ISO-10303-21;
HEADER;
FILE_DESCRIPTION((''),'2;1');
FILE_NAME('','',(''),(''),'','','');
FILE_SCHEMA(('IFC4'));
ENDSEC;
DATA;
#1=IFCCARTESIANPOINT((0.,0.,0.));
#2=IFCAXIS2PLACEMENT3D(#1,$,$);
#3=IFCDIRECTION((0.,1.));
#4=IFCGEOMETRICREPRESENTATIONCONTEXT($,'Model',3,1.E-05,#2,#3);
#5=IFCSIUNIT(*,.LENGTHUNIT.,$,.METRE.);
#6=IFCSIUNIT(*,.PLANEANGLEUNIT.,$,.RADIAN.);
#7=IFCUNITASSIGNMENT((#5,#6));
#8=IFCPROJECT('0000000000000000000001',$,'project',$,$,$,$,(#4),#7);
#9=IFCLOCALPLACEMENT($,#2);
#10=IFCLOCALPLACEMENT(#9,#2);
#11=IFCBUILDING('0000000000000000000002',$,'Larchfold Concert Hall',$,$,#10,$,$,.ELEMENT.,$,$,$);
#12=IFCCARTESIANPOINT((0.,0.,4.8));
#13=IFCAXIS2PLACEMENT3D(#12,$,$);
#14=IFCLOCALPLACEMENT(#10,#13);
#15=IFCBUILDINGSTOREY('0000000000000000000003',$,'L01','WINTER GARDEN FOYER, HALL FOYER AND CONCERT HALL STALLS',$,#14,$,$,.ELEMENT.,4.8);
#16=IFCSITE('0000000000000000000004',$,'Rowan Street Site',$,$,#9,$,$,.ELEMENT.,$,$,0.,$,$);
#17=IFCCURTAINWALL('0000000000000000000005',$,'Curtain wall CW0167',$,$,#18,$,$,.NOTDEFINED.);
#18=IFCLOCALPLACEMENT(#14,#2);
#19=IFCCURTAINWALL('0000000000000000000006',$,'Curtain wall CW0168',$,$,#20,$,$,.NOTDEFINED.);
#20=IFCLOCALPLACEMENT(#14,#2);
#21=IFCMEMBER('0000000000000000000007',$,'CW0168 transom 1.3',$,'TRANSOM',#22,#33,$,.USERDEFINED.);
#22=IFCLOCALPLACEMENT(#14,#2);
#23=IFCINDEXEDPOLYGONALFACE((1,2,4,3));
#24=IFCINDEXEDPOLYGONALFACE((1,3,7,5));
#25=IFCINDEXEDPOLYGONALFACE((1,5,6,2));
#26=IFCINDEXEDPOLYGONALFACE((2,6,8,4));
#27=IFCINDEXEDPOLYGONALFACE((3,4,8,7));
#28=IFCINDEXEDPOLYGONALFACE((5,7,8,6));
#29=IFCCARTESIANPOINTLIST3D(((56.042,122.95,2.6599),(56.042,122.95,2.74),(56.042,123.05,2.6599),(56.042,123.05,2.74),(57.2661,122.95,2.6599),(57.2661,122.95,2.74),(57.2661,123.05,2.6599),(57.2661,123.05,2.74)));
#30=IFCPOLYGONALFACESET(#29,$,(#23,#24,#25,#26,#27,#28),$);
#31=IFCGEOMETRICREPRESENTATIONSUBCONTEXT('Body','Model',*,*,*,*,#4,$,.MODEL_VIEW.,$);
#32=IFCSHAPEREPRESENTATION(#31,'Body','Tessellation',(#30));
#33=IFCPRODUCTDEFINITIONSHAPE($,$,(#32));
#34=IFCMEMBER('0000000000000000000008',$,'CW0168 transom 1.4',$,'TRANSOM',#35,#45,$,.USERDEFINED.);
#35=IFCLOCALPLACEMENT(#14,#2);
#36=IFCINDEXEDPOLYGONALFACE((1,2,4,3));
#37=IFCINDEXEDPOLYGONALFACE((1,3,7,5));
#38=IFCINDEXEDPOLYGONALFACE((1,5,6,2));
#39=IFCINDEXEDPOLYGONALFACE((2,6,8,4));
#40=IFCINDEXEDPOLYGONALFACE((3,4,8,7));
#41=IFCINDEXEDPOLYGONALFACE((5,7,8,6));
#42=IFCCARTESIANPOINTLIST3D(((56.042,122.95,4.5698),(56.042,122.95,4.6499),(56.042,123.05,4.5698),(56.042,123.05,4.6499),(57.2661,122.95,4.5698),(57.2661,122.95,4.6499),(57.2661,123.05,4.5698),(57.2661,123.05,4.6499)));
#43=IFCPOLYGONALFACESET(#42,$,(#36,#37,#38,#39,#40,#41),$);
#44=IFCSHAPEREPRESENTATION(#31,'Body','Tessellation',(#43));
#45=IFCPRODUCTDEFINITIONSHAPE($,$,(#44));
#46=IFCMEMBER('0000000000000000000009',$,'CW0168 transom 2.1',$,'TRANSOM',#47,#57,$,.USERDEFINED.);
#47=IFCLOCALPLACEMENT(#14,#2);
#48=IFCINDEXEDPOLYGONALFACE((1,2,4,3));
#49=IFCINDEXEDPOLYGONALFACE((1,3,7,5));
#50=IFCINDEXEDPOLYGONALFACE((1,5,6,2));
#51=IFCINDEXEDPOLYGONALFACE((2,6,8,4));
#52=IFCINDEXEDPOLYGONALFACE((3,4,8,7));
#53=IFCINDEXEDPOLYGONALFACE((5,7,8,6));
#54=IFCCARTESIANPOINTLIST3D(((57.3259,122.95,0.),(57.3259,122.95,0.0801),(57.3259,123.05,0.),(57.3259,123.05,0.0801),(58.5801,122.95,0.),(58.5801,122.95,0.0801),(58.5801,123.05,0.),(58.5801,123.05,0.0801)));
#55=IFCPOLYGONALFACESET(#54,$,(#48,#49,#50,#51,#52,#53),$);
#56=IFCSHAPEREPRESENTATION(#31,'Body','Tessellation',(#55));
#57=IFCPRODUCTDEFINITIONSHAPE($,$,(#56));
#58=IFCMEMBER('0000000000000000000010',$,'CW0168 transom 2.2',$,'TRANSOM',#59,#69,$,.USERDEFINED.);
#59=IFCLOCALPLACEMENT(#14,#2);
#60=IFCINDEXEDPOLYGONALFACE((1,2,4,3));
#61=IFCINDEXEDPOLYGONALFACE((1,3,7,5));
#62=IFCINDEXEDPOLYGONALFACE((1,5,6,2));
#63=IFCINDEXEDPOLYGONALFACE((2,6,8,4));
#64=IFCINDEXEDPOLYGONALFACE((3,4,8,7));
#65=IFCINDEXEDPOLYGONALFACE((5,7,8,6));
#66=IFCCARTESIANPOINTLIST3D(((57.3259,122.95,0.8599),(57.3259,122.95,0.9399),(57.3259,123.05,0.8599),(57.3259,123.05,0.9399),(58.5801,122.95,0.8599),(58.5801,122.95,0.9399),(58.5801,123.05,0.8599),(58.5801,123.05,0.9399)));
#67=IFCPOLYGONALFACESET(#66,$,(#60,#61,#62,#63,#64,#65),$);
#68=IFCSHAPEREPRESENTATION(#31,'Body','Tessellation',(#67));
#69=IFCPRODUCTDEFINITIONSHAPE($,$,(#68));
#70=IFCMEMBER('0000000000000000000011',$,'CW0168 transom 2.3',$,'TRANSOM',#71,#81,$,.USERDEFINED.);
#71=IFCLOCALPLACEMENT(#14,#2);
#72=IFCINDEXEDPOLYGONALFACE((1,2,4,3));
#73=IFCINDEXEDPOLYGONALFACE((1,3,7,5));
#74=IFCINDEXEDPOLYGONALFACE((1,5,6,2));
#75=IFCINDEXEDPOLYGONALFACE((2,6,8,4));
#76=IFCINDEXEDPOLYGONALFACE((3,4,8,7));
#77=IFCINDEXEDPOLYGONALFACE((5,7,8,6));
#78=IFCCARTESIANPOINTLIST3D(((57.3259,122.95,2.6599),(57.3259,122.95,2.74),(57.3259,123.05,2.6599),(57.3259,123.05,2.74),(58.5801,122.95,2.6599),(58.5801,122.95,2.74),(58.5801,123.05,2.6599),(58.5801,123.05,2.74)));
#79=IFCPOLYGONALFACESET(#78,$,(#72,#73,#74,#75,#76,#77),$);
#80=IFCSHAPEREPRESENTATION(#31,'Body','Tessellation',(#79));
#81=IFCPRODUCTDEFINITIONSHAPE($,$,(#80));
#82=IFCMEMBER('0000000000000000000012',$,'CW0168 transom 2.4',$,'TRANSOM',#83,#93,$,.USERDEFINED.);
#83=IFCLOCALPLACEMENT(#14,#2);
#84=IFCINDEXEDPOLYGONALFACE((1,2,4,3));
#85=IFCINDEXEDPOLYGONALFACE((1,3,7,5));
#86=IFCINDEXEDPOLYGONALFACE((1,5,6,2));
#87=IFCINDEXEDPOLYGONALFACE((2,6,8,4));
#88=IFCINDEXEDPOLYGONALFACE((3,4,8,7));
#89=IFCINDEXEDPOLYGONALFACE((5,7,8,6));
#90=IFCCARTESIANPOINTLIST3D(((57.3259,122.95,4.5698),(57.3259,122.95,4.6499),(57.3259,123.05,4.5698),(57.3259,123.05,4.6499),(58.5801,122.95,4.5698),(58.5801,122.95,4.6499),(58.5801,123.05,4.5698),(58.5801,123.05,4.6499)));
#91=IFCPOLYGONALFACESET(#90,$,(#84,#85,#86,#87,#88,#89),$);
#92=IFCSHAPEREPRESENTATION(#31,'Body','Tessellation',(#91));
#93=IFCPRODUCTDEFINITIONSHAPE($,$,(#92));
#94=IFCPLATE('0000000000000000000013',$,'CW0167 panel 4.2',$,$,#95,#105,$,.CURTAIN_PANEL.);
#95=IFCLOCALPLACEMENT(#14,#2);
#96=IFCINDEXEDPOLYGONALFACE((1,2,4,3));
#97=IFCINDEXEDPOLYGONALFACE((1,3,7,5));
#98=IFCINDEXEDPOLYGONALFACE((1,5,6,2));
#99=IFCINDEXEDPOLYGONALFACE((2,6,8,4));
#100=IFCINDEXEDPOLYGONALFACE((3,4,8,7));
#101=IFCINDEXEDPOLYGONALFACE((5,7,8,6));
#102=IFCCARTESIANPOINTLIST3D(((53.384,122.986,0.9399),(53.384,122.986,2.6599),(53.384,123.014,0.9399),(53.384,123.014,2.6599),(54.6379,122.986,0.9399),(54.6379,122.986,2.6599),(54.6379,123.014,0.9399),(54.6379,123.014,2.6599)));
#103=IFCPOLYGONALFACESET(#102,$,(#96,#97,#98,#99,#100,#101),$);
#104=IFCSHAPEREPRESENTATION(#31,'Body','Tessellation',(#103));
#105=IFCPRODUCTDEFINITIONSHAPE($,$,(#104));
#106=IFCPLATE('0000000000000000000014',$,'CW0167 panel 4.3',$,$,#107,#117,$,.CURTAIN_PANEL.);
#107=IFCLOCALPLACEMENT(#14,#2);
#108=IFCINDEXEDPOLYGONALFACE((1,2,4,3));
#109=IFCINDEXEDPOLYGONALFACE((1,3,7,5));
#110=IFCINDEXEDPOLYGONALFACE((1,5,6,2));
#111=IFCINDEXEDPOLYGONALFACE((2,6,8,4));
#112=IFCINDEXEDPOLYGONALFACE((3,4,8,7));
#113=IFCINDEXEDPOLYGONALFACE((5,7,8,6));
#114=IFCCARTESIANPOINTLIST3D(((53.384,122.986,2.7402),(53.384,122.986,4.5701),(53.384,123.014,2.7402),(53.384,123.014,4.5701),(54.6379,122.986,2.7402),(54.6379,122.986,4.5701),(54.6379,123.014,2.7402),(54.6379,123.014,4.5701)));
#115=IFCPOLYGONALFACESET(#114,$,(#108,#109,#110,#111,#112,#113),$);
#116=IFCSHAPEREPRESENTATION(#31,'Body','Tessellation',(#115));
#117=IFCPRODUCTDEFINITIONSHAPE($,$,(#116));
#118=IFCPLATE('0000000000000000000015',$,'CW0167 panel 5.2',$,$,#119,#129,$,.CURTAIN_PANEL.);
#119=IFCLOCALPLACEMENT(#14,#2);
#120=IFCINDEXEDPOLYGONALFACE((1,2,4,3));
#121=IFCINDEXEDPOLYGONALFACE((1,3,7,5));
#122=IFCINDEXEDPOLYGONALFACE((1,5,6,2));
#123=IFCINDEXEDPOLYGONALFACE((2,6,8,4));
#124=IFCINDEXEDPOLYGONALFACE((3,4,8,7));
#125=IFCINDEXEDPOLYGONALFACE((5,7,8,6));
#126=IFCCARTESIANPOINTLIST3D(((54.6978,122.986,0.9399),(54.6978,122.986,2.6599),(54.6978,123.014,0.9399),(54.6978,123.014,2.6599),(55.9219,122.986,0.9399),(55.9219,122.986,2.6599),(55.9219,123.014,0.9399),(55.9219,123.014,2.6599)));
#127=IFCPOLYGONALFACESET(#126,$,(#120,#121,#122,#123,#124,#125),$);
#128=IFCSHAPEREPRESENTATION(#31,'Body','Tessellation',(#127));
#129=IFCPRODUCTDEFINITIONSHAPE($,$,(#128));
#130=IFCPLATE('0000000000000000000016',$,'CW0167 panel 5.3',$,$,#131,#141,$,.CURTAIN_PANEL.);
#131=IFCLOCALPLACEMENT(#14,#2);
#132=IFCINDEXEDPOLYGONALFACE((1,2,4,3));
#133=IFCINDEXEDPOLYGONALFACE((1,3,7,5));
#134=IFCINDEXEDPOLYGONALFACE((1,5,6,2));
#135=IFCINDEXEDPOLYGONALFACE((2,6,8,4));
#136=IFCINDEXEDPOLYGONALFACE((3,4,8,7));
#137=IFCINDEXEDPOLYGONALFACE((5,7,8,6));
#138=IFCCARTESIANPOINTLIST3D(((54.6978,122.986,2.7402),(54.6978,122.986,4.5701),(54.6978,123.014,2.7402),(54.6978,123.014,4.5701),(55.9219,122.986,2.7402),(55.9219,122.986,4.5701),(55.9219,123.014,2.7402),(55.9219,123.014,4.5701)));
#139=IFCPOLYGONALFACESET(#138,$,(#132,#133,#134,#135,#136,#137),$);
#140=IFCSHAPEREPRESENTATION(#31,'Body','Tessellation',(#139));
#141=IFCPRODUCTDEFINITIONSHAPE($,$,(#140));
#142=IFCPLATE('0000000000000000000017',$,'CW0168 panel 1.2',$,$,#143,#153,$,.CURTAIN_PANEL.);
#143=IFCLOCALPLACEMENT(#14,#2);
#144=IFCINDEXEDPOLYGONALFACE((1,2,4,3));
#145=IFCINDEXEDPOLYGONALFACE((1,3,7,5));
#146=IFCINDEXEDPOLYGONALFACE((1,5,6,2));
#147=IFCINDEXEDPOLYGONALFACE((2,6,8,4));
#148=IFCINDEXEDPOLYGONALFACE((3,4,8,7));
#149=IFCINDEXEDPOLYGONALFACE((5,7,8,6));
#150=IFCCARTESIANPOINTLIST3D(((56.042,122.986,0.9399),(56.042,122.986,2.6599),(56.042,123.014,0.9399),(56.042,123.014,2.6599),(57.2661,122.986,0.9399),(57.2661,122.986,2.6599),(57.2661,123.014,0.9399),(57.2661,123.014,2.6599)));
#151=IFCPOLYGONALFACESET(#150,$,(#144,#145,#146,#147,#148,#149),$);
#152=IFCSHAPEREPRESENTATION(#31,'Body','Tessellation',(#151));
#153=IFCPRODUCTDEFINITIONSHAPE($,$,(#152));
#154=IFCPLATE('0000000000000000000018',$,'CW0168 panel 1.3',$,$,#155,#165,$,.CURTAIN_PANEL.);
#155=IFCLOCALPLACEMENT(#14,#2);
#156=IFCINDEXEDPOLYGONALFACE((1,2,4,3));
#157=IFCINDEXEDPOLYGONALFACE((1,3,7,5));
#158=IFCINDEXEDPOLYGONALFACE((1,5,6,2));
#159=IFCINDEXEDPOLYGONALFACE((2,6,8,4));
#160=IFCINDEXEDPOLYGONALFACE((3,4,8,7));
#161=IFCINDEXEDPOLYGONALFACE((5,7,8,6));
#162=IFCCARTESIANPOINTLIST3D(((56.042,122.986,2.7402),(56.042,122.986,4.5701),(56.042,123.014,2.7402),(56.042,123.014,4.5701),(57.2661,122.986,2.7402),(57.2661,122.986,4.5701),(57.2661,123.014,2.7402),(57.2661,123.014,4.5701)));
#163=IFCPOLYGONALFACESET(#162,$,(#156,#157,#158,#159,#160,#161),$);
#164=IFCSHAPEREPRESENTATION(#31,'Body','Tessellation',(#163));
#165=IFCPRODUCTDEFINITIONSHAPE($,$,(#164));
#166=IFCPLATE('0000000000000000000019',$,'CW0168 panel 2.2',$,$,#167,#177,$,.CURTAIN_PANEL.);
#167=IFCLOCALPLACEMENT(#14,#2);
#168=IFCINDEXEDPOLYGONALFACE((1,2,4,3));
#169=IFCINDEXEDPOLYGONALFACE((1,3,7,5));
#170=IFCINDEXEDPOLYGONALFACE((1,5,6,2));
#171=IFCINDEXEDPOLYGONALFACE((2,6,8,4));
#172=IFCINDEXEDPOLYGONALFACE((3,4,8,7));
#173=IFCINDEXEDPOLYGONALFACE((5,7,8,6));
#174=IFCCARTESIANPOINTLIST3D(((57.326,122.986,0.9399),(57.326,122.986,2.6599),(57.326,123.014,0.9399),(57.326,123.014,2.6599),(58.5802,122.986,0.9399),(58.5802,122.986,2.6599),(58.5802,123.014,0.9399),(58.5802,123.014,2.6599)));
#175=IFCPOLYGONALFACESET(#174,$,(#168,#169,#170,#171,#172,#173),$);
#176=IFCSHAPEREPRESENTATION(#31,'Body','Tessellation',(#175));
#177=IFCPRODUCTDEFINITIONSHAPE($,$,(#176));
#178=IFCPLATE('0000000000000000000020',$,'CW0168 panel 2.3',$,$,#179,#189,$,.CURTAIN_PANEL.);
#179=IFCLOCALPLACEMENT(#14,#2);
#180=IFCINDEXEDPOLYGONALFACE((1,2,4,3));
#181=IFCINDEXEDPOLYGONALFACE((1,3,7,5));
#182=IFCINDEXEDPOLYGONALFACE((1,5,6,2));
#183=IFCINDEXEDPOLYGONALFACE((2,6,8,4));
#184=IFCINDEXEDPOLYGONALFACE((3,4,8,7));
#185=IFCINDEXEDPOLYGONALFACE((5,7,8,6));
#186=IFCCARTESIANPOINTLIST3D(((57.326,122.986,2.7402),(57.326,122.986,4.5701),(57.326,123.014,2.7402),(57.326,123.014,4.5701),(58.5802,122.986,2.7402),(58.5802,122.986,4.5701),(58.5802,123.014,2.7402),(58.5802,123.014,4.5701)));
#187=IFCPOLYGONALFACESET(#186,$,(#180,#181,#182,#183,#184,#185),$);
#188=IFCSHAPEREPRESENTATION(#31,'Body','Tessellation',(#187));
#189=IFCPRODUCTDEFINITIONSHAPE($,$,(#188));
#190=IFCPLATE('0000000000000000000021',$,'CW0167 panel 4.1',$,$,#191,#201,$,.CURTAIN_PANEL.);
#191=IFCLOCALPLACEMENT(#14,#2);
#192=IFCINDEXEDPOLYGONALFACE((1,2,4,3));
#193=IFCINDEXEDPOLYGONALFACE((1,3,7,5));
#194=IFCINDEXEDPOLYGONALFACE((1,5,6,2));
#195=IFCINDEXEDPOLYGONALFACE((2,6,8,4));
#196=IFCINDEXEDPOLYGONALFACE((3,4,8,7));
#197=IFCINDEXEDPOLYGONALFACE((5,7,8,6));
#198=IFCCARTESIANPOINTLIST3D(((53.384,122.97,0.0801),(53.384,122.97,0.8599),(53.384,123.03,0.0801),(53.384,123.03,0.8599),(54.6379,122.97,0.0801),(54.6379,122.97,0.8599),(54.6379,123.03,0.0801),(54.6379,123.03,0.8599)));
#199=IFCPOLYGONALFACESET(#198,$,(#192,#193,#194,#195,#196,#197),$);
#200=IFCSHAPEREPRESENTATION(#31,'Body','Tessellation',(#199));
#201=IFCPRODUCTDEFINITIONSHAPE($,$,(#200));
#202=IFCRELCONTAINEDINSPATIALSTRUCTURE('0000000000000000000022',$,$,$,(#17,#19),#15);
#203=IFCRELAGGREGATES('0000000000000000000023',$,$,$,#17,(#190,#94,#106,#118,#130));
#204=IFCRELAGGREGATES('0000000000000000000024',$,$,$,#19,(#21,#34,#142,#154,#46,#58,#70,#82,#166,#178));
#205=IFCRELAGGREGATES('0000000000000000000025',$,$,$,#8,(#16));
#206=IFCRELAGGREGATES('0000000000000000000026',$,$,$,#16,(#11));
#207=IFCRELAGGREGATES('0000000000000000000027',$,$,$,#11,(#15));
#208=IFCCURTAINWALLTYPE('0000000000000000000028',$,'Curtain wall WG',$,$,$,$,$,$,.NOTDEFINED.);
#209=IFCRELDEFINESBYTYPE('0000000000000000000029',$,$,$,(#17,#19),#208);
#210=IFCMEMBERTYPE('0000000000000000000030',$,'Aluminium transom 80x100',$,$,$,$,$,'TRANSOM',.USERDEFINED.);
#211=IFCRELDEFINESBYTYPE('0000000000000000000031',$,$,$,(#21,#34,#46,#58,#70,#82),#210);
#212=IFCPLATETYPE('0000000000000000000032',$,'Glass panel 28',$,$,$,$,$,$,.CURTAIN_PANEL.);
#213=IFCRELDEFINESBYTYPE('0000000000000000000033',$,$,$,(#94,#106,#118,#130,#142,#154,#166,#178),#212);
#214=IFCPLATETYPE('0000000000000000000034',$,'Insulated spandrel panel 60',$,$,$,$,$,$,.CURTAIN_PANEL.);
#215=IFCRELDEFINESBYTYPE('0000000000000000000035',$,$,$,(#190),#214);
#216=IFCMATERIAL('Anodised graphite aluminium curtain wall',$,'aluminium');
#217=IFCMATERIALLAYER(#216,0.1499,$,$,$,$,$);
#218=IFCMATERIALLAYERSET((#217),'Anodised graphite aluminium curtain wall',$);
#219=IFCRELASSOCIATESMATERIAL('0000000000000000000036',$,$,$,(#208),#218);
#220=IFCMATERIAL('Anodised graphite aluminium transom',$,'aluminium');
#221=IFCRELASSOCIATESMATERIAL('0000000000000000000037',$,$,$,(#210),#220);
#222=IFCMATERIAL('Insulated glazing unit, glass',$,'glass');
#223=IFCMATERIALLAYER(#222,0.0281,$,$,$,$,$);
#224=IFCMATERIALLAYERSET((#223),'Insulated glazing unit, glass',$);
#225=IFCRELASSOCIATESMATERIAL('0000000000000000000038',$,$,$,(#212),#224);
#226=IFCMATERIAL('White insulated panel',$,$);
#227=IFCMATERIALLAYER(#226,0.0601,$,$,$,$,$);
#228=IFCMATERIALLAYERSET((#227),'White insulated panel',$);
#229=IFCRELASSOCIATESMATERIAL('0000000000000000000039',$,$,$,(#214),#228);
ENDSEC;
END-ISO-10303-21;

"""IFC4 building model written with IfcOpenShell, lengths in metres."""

from ifc_helpers import new_model, si_unit, direction, frame, origin, origin_2d, place, context, subcontext, project, spatial, rectangle, extrude, material, layer, layer_set, material_profile, profile_set, type_object, element, aggregate, save


model = new_model("IFC4")

# Units and contexts
model_context = context("Model", 3, precision=1e-05, world=origin(), true_north=direction((0.0, 1.0)))
body_context = subcontext(model_context, "Body", "Model", "MODEL_VIEW")
ifc_project = project(units=[si_unit("LENGTHUNIT", "METRE"), si_unit("PLANEANGLEUNIT", "RADIAN")], contexts=[model_context])

# Site, building, storey
site_placement = place(None, origin())
site = spatial("IfcSite", under=ifc_project, at=site_placement, Name="Rowan Street Site", CompositionType="ELEMENT", RefElevation=0.0)
building_placement = place(site_placement, origin())
building = spatial("IfcBuilding", under=site, at=building_placement, Name="Larchfold Concert Hall", CompositionType="ELEMENT")
storey_placement = place(building_placement, frame((0.0, 0.0, 4.8)))
storey = spatial("IfcBuildingStorey", under=building, at=storey_placement, Name="L01", Description="WINTER GARDEN FOYER, HALL FOYER AND CONCERT HALL STALLS", CompositionType="ELEMENT", Elevation=4.8)

# Curtain walls
ifc_material_1 = material(Name="Anodised graphite aluminium curtain wall", Category="aluminium")
ifc_layer_1 = layer(ifc_material_1, 0.1499)
ifc_layer_set_1 = layer_set([ifc_layer_1], Name="Anodised graphite aluminium curtain wall")
curtain_wall_type = type_object("IfcCurtainWallType", Name="Curtain wall WG", PredefinedType="NOTDEFINED", material=ifc_layer_set_1)
curtain_wall_1_placement = place(storey_placement, origin())
curtain_wall_1 = element("IfcCurtainWall", 1, at=curtain_wall_1_placement, inside=storey, type_object=curtain_wall_type, Name="Curtain wall CW0167", PredefinedType="NOTDEFINED")
curtain_wall_2_placement = place(storey_placement, origin())
curtain_wall_2 = element("IfcCurtainWall", 2, at=curtain_wall_2_placement, inside=storey, type_object=curtain_wall_type, Name="Curtain wall CW0168", PredefinedType="NOTDEFINED")

# Members
ifc_material_2 = material(Name="Anodised graphite aluminium transom", Category="aluminium")
ifc_material_profile_1 = material_profile(ifc_material_2, rectangle(XDim=0.1001, YDim=0.0801, at=origin_2d()))
ifc_profile_set_1 = profile_set([ifc_material_profile_1], Name="Anodised graphite aluminium transom")
member_type_1 = type_object("IfcMemberType", Name="Aluminium transom 80x100", ElementType="TRANSOM", PredefinedType="USERDEFINED", material=ifc_profile_set_1)
member_1_placement = place(storey_placement, frame((56.042, 123.0, 2.7), z_axis=(1.0, 0.0, 0.0), x_axis=(0.0, 1.0, 0.0)))
member_1 = element("IfcMember", 3, at=member_1_placement, type_object=member_type_1, Name="CW0168 transom 1.3", ObjectType="TRANSOM", PredefinedType="USERDEFINED", context=body_context, shape_type="SweptSolid", body=[
    extrude(rectangle(XDim=0.1001, YDim=0.0801, at=origin_2d()), origin(), (0.0, 0.0, 1.0), 1.2241),
])
member_2_placement = place(storey_placement, frame((56.042, 123.0, 4.6099), z_axis=(1.0, 0.0, 0.0), x_axis=(0.0, 1.0, 0.0)))
member_2 = element("IfcMember", 4, at=member_2_placement, type_object=member_type_1, Name="CW0168 transom 1.4", ObjectType="TRANSOM", PredefinedType="USERDEFINED", context=body_context, shape_type="SweptSolid", body=[
    extrude(rectangle(XDim=0.1001, YDim=0.0801, at=origin_2d()), origin(), (0.0, 0.0, 1.0), 1.2241),
])
member_3_placement = place(storey_placement, frame((57.3259, 123.0, 0.04), z_axis=(1.0, 0.0, 0.0), x_axis=(0.0, 1.0, 0.0)))
member_3 = element("IfcMember", 5, at=member_3_placement, type_object=member_type_1, Name="CW0168 transom 2.1", ObjectType="TRANSOM", PredefinedType="USERDEFINED", context=body_context, shape_type="SweptSolid", body=[
    extrude(rectangle(XDim=0.1001, YDim=0.0801, at=origin_2d()), origin(), (0.0, 0.0, 1.0), 1.2542),
])
member_4_placement = place(storey_placement, frame((57.3259, 123.0, 0.8999), z_axis=(1.0, 0.0, 0.0), x_axis=(0.0, 1.0, 0.0)))
member_4 = element("IfcMember", 6, at=member_4_placement, type_object=member_type_1, Name="CW0168 transom 2.2", ObjectType="TRANSOM", PredefinedType="USERDEFINED", context=body_context, shape_type="SweptSolid", body=[
    extrude(rectangle(XDim=0.1001, YDim=0.0801, at=origin_2d()), origin(), (0.0, 0.0, 1.0), 1.2542),
])
member_5_placement = place(storey_placement, frame((57.3259, 123.0, 2.7), z_axis=(1.0, 0.0, 0.0), x_axis=(0.0, 1.0, 0.0)))
member_5 = element("IfcMember", 7, at=member_5_placement, type_object=member_type_1, Name="CW0168 transom 2.3", ObjectType="TRANSOM", PredefinedType="USERDEFINED", context=body_context, shape_type="SweptSolid", body=[
    extrude(rectangle(XDim=0.1001, YDim=0.0801, at=origin_2d()), origin(), (0.0, 0.0, 1.0), 1.2542),
])
member_6_placement = place(storey_placement, frame((57.3259, 123.0, 4.6099), z_axis=(1.0, 0.0, 0.0), x_axis=(0.0, 1.0, 0.0)))
member_6 = element("IfcMember", 8, at=member_6_placement, type_object=member_type_1, Name="CW0168 transom 2.4", ObjectType="TRANSOM", PredefinedType="USERDEFINED", context=body_context, shape_type="SweptSolid", body=[
    extrude(rectangle(XDim=0.1001, YDim=0.0801, at=origin_2d()), origin(), (0.0, 0.0, 1.0), 1.2542),
])

# Plates
ifc_material_3 = material(Name="Insulated glazing unit, glass", Category="glass")
ifc_layer_2 = layer(ifc_material_3, 0.0281)
ifc_layer_set_2 = layer_set([ifc_layer_2], Name="Insulated glazing unit, glass")
plate_type_1 = type_object("IfcPlateType", Name="Glass panel 28", PredefinedType="CURTAIN_PANEL", material=ifc_layer_set_2)
plate_1_placement = place(storey_placement, frame((54.011, 123.0, 0.9399), z_axis=(0.0, 0.0, 1.0), x_axis=(1.0, 0.0, 0.0)))
plate_1 = element("IfcPlate", 9, at=plate_1_placement, type_object=plate_type_1, Name="CW0167 panel 4.2", PredefinedType="CURTAIN_PANEL", context=body_context, shape_type="SweptSolid", body=[
    extrude(rectangle(XDim=1.2539, YDim=0.0281, at=origin_2d()), origin(), (0.0, 0.0, 1.0), 1.72),
])
plate_2_placement = place(storey_placement, frame((54.011, 123.0, 2.7402), z_axis=(0.0, 0.0, 1.0), x_axis=(1.0, 0.0, 0.0)))
plate_2 = element("IfcPlate", 10, at=plate_2_placement, type_object=plate_type_1, Name="CW0167 panel 4.3", PredefinedType="CURTAIN_PANEL", context=body_context, shape_type="SweptSolid", body=[
    extrude(rectangle(XDim=1.2539, YDim=0.0281, at=origin_2d()), origin(), (0.0, 0.0, 1.0), 1.8298),
])
plate_3_placement = place(storey_placement, frame((55.3098, 123.0, 0.9399), z_axis=(0.0, 0.0, 1.0), x_axis=(1.0, 0.0, 0.0)))
plate_3 = element("IfcPlate", 11, at=plate_3_placement, type_object=plate_type_1, Name="CW0167 panel 5.2", PredefinedType="CURTAIN_PANEL", context=body_context, shape_type="SweptSolid", body=[
    extrude(rectangle(XDim=1.2241, YDim=0.0281, at=origin_2d()), origin(), (0.0, 0.0, 1.0), 1.72),
])
plate_4_placement = place(storey_placement, frame((55.3098, 123.0, 2.7402), z_axis=(0.0, 0.0, 1.0), x_axis=(1.0, 0.0, 0.0)))
plate_4 = element("IfcPlate", 12, at=plate_4_placement, type_object=plate_type_1, Name="CW0167 panel 5.3", PredefinedType="CURTAIN_PANEL", context=body_context, shape_type="SweptSolid", body=[
    extrude(rectangle(XDim=1.2241, YDim=0.0281, at=origin_2d()), origin(), (0.0, 0.0, 1.0), 1.8298),
])
plate_5_placement = place(storey_placement, frame((56.6541, 123.0, 0.9399), z_axis=(0.0, 0.0, 1.0), x_axis=(1.0, 0.0, 0.0)))
plate_5 = element("IfcPlate", 13, at=plate_5_placement, type_object=plate_type_1, Name="CW0168 panel 1.2", PredefinedType="CURTAIN_PANEL", context=body_context, shape_type="SweptSolid", body=[
    extrude(rectangle(XDim=1.2241, YDim=0.0281, at=origin_2d()), origin(), (0.0, 0.0, 1.0), 1.72),
])
plate_6_placement = place(storey_placement, frame((56.6541, 123.0, 2.7402), z_axis=(0.0, 0.0, 1.0), x_axis=(1.0, 0.0, 0.0)))
plate_6 = element("IfcPlate", 14, at=plate_6_placement, type_object=plate_type_1, Name="CW0168 panel 1.3", PredefinedType="CURTAIN_PANEL", context=body_context, shape_type="SweptSolid", body=[
    extrude(rectangle(XDim=1.2241, YDim=0.0281, at=origin_2d()), origin(), (0.0, 0.0, 1.0), 1.8298),
])
plate_7_placement = place(storey_placement, frame((57.9531, 123.0, 0.9399), z_axis=(0.0, 0.0, 1.0), x_axis=(1.0, 0.0, 0.0)))
plate_7 = element("IfcPlate", 15, at=plate_7_placement, type_object=plate_type_1, Name="CW0168 panel 2.2", PredefinedType="CURTAIN_PANEL", context=body_context, shape_type="SweptSolid", body=[
    extrude(rectangle(XDim=1.2542, YDim=0.0281, at=origin_2d()), origin(), (0.0, 0.0, 1.0), 1.72),
])
plate_8_placement = place(storey_placement, frame((57.9531, 123.0, 2.7402), z_axis=(0.0, 0.0, 1.0), x_axis=(1.0, 0.0, 0.0)))
plate_8 = element("IfcPlate", 16, at=plate_8_placement, type_object=plate_type_1, Name="CW0168 panel 2.3", PredefinedType="CURTAIN_PANEL", context=body_context, shape_type="SweptSolid", body=[
    extrude(rectangle(XDim=1.2542, YDim=0.0281, at=origin_2d()), origin(), (0.0, 0.0, 1.0), 1.8298),
])
ifc_material_4 = material(Name="White insulated panel")
ifc_layer_3 = layer(ifc_material_4, 0.0601)
ifc_layer_set_3 = layer_set([ifc_layer_3], Name="White insulated panel")
plate_type_2 = type_object("IfcPlateType", Name="Insulated spandrel panel 60", PredefinedType="CURTAIN_PANEL", material=ifc_layer_set_3)
plate_9_placement = place(storey_placement, frame((54.011, 123.0, 0.0801), z_axis=(0.0, 0.0, 1.0), x_axis=(1.0, 0.0, 0.0)))
plate_9 = element("IfcPlate", 17, at=plate_9_placement, type_object=plate_type_2, Name="CW0167 panel 4.1", PredefinedType="CURTAIN_PANEL", context=body_context, shape_type="SweptSolid", body=[
    extrude(rectangle(XDim=1.2539, YDim=0.0601, at=origin_2d()), origin(), (0.0, 0.0, 1.0), 0.7798),
])
aggregate(curtain_wall_1, [plate_9, plate_1, plate_2, plate_3, plate_4])
aggregate(curtain_wall_2, [member_1, member_2, plate_5, plate_6, member_3, member_4, member_5, member_6, plate_7, plate_8])

save(model, "model.ifc")
